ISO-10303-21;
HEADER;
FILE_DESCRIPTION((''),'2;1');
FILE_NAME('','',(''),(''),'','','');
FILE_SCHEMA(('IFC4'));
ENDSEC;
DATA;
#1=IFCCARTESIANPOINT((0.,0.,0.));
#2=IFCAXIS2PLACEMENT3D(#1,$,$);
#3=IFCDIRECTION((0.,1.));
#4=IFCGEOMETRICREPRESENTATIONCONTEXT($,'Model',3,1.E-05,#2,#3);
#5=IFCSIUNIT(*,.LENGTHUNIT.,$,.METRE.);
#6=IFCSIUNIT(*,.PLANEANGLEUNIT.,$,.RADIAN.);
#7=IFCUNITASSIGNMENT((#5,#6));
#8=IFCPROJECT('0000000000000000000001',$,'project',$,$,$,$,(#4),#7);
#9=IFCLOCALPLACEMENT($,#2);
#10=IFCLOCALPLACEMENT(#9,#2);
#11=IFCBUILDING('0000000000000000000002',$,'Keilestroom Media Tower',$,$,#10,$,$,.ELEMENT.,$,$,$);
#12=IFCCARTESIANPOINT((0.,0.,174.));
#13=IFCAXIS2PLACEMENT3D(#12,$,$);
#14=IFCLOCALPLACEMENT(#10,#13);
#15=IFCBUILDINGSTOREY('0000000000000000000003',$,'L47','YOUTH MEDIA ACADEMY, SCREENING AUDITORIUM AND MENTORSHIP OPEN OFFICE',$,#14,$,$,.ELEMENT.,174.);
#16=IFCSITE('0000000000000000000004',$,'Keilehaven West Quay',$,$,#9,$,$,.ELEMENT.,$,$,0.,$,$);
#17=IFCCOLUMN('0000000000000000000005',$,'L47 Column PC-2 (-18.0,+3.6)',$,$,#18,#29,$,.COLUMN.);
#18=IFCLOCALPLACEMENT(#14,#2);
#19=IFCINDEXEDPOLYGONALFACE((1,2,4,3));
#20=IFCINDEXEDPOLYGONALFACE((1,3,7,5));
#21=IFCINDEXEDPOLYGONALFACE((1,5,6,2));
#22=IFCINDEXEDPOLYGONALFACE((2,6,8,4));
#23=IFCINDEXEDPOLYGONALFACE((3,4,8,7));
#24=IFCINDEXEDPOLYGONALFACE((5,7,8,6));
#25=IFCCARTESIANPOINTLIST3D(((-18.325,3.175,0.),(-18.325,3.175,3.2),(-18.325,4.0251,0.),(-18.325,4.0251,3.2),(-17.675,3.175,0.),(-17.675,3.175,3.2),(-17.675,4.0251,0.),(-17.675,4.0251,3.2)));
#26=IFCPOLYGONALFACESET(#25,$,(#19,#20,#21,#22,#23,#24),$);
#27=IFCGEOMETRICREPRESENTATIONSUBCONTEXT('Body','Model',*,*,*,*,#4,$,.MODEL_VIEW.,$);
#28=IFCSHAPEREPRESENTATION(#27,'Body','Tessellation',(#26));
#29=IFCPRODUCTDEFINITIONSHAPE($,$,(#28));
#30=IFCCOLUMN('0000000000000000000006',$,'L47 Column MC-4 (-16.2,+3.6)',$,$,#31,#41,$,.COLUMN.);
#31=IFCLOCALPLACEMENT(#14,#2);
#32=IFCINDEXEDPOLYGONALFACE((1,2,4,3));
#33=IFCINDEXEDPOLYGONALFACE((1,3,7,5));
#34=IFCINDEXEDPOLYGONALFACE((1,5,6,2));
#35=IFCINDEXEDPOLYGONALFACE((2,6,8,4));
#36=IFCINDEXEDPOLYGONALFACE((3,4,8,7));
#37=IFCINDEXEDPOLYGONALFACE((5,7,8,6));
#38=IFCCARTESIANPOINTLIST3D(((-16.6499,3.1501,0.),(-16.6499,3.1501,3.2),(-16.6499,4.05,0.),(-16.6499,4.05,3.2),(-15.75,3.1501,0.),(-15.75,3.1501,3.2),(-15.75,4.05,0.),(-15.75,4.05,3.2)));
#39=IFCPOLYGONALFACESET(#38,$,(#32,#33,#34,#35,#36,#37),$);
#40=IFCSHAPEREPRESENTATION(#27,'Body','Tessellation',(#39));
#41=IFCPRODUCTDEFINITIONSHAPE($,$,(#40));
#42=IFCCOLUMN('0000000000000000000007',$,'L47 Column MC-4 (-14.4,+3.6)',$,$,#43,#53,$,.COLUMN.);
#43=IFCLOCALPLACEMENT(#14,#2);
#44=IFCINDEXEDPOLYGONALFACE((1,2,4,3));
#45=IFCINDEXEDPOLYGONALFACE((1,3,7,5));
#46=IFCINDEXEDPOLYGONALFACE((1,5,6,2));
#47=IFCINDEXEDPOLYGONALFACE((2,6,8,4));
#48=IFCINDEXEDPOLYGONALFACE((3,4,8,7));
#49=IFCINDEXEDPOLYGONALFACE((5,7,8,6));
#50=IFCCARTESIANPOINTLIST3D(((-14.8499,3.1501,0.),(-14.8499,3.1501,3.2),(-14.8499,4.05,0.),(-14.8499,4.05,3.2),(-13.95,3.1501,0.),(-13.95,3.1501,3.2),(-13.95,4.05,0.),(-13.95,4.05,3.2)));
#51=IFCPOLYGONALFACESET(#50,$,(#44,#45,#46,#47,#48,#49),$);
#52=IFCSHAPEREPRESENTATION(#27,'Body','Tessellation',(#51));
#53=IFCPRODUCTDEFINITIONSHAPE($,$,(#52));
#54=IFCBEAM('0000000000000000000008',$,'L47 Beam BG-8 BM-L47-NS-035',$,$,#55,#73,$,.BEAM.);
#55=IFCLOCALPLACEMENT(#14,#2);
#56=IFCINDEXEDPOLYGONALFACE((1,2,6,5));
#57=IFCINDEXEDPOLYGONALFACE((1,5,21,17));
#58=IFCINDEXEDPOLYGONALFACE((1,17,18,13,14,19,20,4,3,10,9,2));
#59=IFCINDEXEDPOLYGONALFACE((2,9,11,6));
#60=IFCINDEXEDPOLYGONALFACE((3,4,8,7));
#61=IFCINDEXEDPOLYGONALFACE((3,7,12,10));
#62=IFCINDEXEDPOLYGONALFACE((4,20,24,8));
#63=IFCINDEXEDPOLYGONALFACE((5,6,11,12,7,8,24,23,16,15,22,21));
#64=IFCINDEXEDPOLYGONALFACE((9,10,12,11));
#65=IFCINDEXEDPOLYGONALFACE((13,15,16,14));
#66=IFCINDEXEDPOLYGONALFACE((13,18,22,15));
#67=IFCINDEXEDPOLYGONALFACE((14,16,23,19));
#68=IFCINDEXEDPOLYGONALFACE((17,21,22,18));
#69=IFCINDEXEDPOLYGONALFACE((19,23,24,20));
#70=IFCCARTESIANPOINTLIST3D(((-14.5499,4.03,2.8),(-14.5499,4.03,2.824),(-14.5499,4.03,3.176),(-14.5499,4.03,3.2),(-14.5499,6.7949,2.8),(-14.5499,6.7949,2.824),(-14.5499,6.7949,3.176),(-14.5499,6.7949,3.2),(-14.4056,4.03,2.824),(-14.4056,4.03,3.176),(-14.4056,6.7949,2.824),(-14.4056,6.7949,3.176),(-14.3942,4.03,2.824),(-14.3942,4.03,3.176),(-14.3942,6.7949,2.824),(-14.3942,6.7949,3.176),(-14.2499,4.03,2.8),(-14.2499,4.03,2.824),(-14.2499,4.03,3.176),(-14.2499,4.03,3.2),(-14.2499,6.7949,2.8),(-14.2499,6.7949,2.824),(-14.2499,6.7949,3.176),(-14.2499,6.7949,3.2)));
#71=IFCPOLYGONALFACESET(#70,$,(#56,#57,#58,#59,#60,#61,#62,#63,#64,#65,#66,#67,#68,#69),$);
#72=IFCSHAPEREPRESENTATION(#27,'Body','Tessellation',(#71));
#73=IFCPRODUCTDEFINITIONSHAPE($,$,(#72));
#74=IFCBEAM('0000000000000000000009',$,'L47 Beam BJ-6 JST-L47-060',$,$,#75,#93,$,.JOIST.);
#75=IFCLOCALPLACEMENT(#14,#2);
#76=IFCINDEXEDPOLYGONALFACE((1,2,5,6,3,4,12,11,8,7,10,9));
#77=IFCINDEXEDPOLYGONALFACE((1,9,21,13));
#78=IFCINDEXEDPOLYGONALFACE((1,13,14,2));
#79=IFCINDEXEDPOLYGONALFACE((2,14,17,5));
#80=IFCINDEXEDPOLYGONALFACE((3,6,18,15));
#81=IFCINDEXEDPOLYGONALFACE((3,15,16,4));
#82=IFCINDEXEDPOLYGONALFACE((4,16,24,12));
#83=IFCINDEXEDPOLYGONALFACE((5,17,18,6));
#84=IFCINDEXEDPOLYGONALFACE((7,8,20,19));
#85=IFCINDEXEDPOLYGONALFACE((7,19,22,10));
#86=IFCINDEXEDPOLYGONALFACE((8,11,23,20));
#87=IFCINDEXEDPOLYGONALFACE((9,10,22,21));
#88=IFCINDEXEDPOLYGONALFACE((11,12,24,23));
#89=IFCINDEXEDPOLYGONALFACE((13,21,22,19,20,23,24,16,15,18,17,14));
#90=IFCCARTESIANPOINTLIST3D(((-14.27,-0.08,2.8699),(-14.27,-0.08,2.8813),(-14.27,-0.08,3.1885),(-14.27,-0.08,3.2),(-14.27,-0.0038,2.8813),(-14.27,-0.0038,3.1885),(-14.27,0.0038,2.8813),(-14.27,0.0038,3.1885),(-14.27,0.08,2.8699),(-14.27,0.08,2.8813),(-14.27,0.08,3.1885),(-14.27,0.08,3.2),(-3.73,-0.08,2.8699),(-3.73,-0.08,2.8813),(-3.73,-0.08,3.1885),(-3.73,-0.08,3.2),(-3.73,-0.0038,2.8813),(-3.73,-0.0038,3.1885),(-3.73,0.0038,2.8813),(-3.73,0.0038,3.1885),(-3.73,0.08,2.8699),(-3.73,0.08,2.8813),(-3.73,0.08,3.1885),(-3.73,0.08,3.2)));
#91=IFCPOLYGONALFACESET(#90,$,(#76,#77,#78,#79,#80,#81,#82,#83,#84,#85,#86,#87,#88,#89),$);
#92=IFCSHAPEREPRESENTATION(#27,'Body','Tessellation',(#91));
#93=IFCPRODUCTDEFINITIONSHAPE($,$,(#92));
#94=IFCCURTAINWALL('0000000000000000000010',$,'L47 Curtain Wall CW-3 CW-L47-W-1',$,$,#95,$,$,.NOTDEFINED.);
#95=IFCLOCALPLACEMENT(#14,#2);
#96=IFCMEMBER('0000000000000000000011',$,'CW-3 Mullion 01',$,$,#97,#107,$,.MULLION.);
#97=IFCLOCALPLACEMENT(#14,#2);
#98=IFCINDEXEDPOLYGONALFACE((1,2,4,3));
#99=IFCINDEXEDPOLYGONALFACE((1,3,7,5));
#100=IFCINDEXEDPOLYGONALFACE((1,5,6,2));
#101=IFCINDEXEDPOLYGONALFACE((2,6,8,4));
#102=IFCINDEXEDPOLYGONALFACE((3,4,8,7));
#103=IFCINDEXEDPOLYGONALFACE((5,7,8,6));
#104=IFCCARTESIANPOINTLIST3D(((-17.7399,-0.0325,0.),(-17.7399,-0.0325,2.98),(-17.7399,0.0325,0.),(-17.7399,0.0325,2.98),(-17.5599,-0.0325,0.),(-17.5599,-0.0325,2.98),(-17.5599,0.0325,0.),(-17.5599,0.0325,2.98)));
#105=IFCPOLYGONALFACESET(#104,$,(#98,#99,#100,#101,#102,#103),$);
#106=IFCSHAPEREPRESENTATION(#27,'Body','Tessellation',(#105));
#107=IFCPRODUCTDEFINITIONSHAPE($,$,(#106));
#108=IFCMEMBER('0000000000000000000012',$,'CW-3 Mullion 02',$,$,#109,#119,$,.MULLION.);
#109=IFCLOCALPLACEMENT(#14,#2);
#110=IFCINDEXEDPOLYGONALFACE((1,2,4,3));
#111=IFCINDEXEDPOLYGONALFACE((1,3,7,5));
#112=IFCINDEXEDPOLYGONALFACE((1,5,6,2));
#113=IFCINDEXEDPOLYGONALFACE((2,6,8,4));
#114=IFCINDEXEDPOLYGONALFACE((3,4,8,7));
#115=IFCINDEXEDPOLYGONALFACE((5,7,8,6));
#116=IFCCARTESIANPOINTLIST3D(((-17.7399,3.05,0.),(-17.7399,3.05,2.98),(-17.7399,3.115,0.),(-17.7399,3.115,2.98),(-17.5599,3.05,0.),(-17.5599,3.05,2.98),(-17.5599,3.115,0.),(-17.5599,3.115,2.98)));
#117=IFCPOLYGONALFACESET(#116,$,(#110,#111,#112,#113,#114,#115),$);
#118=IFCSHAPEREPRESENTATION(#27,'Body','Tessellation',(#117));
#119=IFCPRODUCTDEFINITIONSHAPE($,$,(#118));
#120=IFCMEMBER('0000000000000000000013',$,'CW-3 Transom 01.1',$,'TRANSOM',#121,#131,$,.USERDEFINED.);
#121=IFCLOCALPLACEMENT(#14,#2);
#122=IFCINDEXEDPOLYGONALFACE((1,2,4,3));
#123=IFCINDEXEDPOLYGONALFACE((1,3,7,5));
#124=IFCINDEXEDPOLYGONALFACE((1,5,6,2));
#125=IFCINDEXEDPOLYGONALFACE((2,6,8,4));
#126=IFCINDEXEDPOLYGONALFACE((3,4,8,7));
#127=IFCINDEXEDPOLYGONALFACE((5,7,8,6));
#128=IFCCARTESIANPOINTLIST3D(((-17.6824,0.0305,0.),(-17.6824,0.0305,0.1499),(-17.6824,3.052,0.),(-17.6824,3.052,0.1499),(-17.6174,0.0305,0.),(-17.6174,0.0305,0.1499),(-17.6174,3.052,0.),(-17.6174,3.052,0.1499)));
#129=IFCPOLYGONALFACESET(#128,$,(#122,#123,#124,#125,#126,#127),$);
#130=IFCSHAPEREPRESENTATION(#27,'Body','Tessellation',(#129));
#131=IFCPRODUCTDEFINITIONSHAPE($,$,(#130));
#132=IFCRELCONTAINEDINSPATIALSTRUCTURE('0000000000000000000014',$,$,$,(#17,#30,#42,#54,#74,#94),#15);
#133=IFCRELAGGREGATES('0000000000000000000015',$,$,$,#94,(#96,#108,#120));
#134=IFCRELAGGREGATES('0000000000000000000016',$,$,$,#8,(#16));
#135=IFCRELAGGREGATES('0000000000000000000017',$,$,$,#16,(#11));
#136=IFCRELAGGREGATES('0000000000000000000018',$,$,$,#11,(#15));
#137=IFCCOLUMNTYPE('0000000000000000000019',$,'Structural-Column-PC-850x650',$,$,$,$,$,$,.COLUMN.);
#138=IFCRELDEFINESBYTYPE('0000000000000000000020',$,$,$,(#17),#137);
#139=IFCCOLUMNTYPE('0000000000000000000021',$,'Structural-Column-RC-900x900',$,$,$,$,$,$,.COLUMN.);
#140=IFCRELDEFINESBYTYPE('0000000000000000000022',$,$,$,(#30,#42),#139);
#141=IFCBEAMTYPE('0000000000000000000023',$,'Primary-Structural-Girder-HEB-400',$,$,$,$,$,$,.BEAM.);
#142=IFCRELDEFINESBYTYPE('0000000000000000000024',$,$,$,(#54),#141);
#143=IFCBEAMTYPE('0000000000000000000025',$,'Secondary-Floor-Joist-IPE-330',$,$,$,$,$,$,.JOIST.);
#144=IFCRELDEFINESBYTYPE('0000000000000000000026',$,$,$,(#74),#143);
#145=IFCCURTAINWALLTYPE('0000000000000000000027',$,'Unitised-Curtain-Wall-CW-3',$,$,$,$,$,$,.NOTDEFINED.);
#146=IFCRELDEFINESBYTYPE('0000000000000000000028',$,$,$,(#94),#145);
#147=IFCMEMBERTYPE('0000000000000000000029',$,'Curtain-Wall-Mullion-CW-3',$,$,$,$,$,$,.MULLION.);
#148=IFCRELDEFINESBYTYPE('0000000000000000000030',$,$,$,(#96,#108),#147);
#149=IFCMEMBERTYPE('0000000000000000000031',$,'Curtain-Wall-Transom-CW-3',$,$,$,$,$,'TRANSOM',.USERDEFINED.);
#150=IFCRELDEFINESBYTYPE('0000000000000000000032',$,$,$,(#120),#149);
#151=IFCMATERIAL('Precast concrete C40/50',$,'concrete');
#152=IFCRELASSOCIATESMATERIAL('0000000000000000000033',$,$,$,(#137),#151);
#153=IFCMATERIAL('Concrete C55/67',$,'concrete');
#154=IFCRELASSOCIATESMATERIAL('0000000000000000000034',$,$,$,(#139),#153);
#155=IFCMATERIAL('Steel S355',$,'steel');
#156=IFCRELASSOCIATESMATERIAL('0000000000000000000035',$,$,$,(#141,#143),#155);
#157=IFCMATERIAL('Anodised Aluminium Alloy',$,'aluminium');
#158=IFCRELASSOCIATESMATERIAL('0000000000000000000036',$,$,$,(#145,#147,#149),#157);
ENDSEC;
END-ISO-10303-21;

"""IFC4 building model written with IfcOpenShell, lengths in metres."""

from ifc_helpers import new_model, si_unit, direction, frame, origin, origin_2d, place, context, subcontext, project, spatial, rectangle, i_section, extrude, source, transform, mapped, material, material_profile, profile_set, type_object, element, aggregate, save


model = new_model("IFC4")

# Units and contexts
model_context = context("Model", 3, precision=1e-05, world=origin(), true_north=direction((0.0, 1.0)))
body_context = subcontext(model_context, "Body", "Model", "MODEL_VIEW")
ifc_project = project(units=[si_unit("LENGTHUNIT", "METRE"), si_unit("PLANEANGLEUNIT", "RADIAN")], contexts=[model_context])

# Site, building, storey
site_placement = place(None, origin())
site = spatial("IfcSite", under=ifc_project, at=site_placement, Name="Keilehaven West Quay", CompositionType="ELEMENT", RefElevation=0.0)
building_placement = place(site_placement, origin())
building = spatial("IfcBuilding", under=site, at=building_placement, Name="Keilestroom Media Tower", CompositionType="ELEMENT")
storey_placement = place(building_placement, frame((0.0, 0.0, 174.0)))
storey = spatial("IfcBuildingStorey", under=building, at=storey_placement, Name="L47", Description="YOUTH MEDIA ACADEMY, SCREENING AUDITORIUM AND MENTORSHIP OPEN OFFICE", CompositionType="ELEMENT", Elevation=174.0)

# Columns
ifc_material_1 = material(Name="Precast concrete C40/50", Category="concrete")
ifc_material_profile_1 = material_profile(ifc_material_1, rectangle(XDim=0.6499, YDim=0.8501, at=origin_2d()), Name="PC 850x650")
ifc_profile_set_1 = profile_set([ifc_material_profile_1], Name="Precast concrete C40/50")
column_type_1 = type_object("IfcColumnType", Name="Structural-Column-PC-850x650", PredefinedType="COLUMN", material=ifc_profile_set_1)
shared_shape_1 = source(origin(), body_context, "Body", "SweptSolid", [
    extrude(rectangle(XDim=0.6499, YDim=0.8501, at=origin_2d()), origin(), (0.0, 0.0, 1.0), 3.2),
])
column_placement = place(storey_placement, frame((-18.0, 3.6001, 0.0), z_axis=(0.0, 0.0, 1.0), x_axis=(1.0, 0.0, 0.0)))
element("IfcColumn", 1, at=column_placement, inside=storey, type_object=column_type_1, Name="L47 Column PC-2 (-18.0,+3.6)", PredefinedType="COLUMN", context=body_context, shape_type="MappedRepresentation", body=[
    mapped(shared_shape_1, transform((0.0, 0.0, 0.0), x_axis=(1.0, 0.0, 0.0), y_axis=(0.0, 1.0, 0.0), z_axis=(0.0, 0.0, 1.0), scale=1.0)),
])
ifc_material_2 = material(Name="Concrete C55/67", Category="concrete")
ifc_material_profile_2 = material_profile(ifc_material_2, rectangle(XDim=0.8999, YDim=0.8999, at=origin_2d()), Name="RC 900x900")
ifc_profile_set_2 = profile_set([ifc_material_profile_2], Name="Concrete C55/67")
column_type_2 = type_object("IfcColumnType", Name="Structural-Column-RC-900x900", PredefinedType="COLUMN", material=ifc_profile_set_2)
shared_shape_2 = source(origin(), body_context, "Body", "SweptSolid", [
    extrude(rectangle(XDim=0.8999, YDim=0.8999, at=origin_2d()), origin(), (0.0, 0.0, 1.0), 3.2),
])
for number, where, z_axis, x_axis, name in (
    (2, (-16.2, 3.6001, 0.0), (0.0, 0.0, 1.0), (1.0, 0.0, 0.0), "L47 Column MC-4 (-16.2,+3.6)"),
    (3, (-14.3999, 3.6001, 0.0), (0.0, 0.0, 1.0), (1.0, 0.0, 0.0), "L47 Column MC-4 (-14.4,+3.6)"),
):
    element("IfcColumn", number, at=place(storey_placement, frame(where, z_axis=z_axis, x_axis=x_axis)), inside=storey, type_object=column_type_2, Name=name, PredefinedType="COLUMN", context=body_context, shape_type="MappedRepresentation", body=[
        mapped(shared_shape_2, transform((0.0, 0.0, 0.0), x_axis=(1.0, 0.0, 0.0), y_axis=(0.0, 1.0, 0.0), z_axis=(0.0, 0.0, 1.0), scale=1.0)),
    ])

# Beams
ifc_material_3 = material(Name="Steel S355", Category="steel")
ifc_material_profile_3 = material_profile(ifc_material_3, i_section(OverallWidth=0.3, OverallDepth=0.3999, WebThickness=0.0115, FlangeThickness=0.0239, at=origin_2d()), Name="HEB 400")
ifc_profile_set_3 = profile_set([ifc_material_profile_3], Name="Steel S355")
beam_type_1 = type_object("IfcBeamType", Name="Primary-Structural-Girder-HEB-400", PredefinedType="BEAM", material=ifc_profile_set_3)
shared_shape_3 = source(origin(), body_context, "Body", "SweptSolid", [
    extrude(i_section(OverallWidth=0.3, OverallDepth=0.3999, WebThickness=0.0115, FlangeThickness=0.0239, at=origin_2d()), origin(), (0.0, 0.0, 1.0), 2.7649),
])
beam_1_placement = place(storey_placement, frame((-14.3999, 4.03, 3.0), z_axis=(0.0, 1.0, 0.0), x_axis=(-1.0, 0.0, 0.0)))
element("IfcBeam", 4, at=beam_1_placement, inside=storey, type_object=beam_type_1, Name="L47 Beam BG-8 BM-L47-NS-035", PredefinedType="BEAM", context=body_context, shape_type="MappedRepresentation", body=[
    mapped(shared_shape_3, transform((0.0, 0.0, 0.0), x_axis=(1.0, 0.0, 0.0), y_axis=(0.0, 1.0, 0.0), z_axis=(0.0, 0.0, 1.0), scale=1.0)),
])
ifc_material_profile_4 = material_profile(ifc_material_3, i_section(OverallWidth=0.1599, OverallDepth=0.3301, WebThickness=0.0076, FlangeThickness=0.0115, at=origin_2d()), Name="IPE 330")
ifc_profile_set_4 = profile_set([ifc_material_profile_4], Name="Steel S355")
beam_type_2 = type_object("IfcBeamType", Name="Secondary-Floor-Joist-IPE-330", PredefinedType="JOIST", material=ifc_profile_set_4)
shared_shape_4 = source(origin(), body_context, "Body", "SweptSolid", [
    extrude(i_section(OverallWidth=0.1599, OverallDepth=0.3301, WebThickness=0.0076, FlangeThickness=0.0115, at=origin_2d()), origin(), (0.0, 0.0, 1.0), 10.54),
])
beam_2_placement = place(storey_placement, frame((-14.27, 0.0, 3.0349), z_axis=(1.0, 0.0, 0.0), x_axis=(0.0, 1.0, 0.0)))
element("IfcBeam", 5, at=beam_2_placement, inside=storey, type_object=beam_type_2, Name="L47 Beam BJ-6 JST-L47-060", PredefinedType="JOIST", context=body_context, shape_type="MappedRepresentation", body=[
    mapped(shared_shape_4, transform((0.0, 0.0, 0.0), x_axis=(1.0, 0.0, 0.0), y_axis=(0.0, 1.0, 0.0), z_axis=(0.0, 0.0, 1.0), scale=1.0)),
])

# Curtain wall, members
ifc_material_4 = material(Name="Anodised Aluminium Alloy", Category="aluminium")
curtain_wall_type = type_object("IfcCurtainWallType", Name="Unitised-Curtain-Wall-CW-3", PredefinedType="NOTDEFINED", material=ifc_material_4)
curtain_wall_placement = place(storey_placement, origin())
curtain_wall = element("IfcCurtainWall", 6, at=curtain_wall_placement, inside=storey, type_object=curtain_wall_type, Name="L47 Curtain Wall CW-3 CW-L47-W-1", PredefinedType="NOTDEFINED")
ifc_material_profile_5 = material_profile(ifc_material_4, rectangle(XDim=0.0649, YDim=0.1799, at=origin_2d()), Name="ALU MULLION 65x180")
ifc_profile_set_5 = profile_set([ifc_material_profile_5], Name="Anodised Aluminium Alloy")
member_type_1 = type_object("IfcMemberType", Name="Curtain-Wall-Mullion-CW-3", PredefinedType="MULLION", material=ifc_profile_set_5)
shared_shape_5 = source(origin(), body_context, "Body", "SweptSolid", [
    extrude(rectangle(XDim=0.0649, YDim=0.1799, at=origin_2d()), origin(), (0.0, 0.0, 1.0), 2.98),
])
member_1_placement = place(storey_placement, frame((-17.6499, 0.0, 0.0), z_axis=(0.0, 0.0, 1.0), x_axis=(0.0, 1.0, 0.0)))
member_1 = element("IfcMember", 7, at=member_1_placement, type_object=member_type_1, Name="CW-3 Mullion 01", PredefinedType="MULLION", context=body_context, shape_type="MappedRepresentation", body=[
    mapped(shared_shape_5, transform((0.0, 0.0, 0.0), x_axis=(1.0, 0.0, 0.0), y_axis=(0.0, 1.0, 0.0), z_axis=(0.0, 0.0, 1.0), scale=1.0)),
])
member_2_placement = place(storey_placement, frame((-17.6499, 3.0825, 0.0), z_axis=(0.0, 0.0, 1.0), x_axis=(0.0, 1.0, 0.0)))
member_2 = element("IfcMember", 8, at=member_2_placement, type_object=member_type_1, Name="CW-3 Mullion 02", PredefinedType="MULLION", context=body_context, shape_type="MappedRepresentation", body=[
    mapped(shared_shape_5, transform((0.0, 0.0, 0.0), x_axis=(1.0, 0.0, 0.0), y_axis=(0.0, 1.0, 0.0), z_axis=(0.0, 0.0, 1.0), scale=1.0)),
])
ifc_material_profile_6 = material_profile(ifc_material_4, rectangle(XDim=0.0649, YDim=0.1499, at=origin_2d()), Name="ALU TRANSOM 65x150")
ifc_profile_set_6 = profile_set([ifc_material_profile_6], Name="Anodised Aluminium Alloy")
member_type_2 = type_object("IfcMemberType", Name="Curtain-Wall-Transom-CW-3", ElementType="TRANSOM", PredefinedType="USERDEFINED", material=ifc_profile_set_6)
shared_shape_6 = source(origin(), body_context, "Body", "SweptSolid", [
    extrude(rectangle(XDim=0.0649, YDim=0.1499, at=origin_2d()), origin(), (0.0, 0.0, 1.0), 3.0215),
])
member_3_placement = place(storey_placement, frame((-17.6499, 0.0305, 0.075), z_axis=(0.0, 1.0, 0.0), x_axis=(-1.0, 0.0, 0.0)))
member_3 = element("IfcMember", 9, at=member_3_placement, type_object=member_type_2, Name="CW-3 Transom 01.1", ObjectType="TRANSOM", PredefinedType="USERDEFINED", context=body_context, shape_type="MappedRepresentation", body=[
    mapped(shared_shape_6, transform((0.0, 0.0, 0.0), x_axis=(1.0, 0.0, 0.0), y_axis=(0.0, 1.0, 0.0), z_axis=(0.0, 0.0, 1.0), scale=1.0)),
])

aggregate(curtain_wall, [member_1, member_2, member_3])

save(model, "model.ifc")
